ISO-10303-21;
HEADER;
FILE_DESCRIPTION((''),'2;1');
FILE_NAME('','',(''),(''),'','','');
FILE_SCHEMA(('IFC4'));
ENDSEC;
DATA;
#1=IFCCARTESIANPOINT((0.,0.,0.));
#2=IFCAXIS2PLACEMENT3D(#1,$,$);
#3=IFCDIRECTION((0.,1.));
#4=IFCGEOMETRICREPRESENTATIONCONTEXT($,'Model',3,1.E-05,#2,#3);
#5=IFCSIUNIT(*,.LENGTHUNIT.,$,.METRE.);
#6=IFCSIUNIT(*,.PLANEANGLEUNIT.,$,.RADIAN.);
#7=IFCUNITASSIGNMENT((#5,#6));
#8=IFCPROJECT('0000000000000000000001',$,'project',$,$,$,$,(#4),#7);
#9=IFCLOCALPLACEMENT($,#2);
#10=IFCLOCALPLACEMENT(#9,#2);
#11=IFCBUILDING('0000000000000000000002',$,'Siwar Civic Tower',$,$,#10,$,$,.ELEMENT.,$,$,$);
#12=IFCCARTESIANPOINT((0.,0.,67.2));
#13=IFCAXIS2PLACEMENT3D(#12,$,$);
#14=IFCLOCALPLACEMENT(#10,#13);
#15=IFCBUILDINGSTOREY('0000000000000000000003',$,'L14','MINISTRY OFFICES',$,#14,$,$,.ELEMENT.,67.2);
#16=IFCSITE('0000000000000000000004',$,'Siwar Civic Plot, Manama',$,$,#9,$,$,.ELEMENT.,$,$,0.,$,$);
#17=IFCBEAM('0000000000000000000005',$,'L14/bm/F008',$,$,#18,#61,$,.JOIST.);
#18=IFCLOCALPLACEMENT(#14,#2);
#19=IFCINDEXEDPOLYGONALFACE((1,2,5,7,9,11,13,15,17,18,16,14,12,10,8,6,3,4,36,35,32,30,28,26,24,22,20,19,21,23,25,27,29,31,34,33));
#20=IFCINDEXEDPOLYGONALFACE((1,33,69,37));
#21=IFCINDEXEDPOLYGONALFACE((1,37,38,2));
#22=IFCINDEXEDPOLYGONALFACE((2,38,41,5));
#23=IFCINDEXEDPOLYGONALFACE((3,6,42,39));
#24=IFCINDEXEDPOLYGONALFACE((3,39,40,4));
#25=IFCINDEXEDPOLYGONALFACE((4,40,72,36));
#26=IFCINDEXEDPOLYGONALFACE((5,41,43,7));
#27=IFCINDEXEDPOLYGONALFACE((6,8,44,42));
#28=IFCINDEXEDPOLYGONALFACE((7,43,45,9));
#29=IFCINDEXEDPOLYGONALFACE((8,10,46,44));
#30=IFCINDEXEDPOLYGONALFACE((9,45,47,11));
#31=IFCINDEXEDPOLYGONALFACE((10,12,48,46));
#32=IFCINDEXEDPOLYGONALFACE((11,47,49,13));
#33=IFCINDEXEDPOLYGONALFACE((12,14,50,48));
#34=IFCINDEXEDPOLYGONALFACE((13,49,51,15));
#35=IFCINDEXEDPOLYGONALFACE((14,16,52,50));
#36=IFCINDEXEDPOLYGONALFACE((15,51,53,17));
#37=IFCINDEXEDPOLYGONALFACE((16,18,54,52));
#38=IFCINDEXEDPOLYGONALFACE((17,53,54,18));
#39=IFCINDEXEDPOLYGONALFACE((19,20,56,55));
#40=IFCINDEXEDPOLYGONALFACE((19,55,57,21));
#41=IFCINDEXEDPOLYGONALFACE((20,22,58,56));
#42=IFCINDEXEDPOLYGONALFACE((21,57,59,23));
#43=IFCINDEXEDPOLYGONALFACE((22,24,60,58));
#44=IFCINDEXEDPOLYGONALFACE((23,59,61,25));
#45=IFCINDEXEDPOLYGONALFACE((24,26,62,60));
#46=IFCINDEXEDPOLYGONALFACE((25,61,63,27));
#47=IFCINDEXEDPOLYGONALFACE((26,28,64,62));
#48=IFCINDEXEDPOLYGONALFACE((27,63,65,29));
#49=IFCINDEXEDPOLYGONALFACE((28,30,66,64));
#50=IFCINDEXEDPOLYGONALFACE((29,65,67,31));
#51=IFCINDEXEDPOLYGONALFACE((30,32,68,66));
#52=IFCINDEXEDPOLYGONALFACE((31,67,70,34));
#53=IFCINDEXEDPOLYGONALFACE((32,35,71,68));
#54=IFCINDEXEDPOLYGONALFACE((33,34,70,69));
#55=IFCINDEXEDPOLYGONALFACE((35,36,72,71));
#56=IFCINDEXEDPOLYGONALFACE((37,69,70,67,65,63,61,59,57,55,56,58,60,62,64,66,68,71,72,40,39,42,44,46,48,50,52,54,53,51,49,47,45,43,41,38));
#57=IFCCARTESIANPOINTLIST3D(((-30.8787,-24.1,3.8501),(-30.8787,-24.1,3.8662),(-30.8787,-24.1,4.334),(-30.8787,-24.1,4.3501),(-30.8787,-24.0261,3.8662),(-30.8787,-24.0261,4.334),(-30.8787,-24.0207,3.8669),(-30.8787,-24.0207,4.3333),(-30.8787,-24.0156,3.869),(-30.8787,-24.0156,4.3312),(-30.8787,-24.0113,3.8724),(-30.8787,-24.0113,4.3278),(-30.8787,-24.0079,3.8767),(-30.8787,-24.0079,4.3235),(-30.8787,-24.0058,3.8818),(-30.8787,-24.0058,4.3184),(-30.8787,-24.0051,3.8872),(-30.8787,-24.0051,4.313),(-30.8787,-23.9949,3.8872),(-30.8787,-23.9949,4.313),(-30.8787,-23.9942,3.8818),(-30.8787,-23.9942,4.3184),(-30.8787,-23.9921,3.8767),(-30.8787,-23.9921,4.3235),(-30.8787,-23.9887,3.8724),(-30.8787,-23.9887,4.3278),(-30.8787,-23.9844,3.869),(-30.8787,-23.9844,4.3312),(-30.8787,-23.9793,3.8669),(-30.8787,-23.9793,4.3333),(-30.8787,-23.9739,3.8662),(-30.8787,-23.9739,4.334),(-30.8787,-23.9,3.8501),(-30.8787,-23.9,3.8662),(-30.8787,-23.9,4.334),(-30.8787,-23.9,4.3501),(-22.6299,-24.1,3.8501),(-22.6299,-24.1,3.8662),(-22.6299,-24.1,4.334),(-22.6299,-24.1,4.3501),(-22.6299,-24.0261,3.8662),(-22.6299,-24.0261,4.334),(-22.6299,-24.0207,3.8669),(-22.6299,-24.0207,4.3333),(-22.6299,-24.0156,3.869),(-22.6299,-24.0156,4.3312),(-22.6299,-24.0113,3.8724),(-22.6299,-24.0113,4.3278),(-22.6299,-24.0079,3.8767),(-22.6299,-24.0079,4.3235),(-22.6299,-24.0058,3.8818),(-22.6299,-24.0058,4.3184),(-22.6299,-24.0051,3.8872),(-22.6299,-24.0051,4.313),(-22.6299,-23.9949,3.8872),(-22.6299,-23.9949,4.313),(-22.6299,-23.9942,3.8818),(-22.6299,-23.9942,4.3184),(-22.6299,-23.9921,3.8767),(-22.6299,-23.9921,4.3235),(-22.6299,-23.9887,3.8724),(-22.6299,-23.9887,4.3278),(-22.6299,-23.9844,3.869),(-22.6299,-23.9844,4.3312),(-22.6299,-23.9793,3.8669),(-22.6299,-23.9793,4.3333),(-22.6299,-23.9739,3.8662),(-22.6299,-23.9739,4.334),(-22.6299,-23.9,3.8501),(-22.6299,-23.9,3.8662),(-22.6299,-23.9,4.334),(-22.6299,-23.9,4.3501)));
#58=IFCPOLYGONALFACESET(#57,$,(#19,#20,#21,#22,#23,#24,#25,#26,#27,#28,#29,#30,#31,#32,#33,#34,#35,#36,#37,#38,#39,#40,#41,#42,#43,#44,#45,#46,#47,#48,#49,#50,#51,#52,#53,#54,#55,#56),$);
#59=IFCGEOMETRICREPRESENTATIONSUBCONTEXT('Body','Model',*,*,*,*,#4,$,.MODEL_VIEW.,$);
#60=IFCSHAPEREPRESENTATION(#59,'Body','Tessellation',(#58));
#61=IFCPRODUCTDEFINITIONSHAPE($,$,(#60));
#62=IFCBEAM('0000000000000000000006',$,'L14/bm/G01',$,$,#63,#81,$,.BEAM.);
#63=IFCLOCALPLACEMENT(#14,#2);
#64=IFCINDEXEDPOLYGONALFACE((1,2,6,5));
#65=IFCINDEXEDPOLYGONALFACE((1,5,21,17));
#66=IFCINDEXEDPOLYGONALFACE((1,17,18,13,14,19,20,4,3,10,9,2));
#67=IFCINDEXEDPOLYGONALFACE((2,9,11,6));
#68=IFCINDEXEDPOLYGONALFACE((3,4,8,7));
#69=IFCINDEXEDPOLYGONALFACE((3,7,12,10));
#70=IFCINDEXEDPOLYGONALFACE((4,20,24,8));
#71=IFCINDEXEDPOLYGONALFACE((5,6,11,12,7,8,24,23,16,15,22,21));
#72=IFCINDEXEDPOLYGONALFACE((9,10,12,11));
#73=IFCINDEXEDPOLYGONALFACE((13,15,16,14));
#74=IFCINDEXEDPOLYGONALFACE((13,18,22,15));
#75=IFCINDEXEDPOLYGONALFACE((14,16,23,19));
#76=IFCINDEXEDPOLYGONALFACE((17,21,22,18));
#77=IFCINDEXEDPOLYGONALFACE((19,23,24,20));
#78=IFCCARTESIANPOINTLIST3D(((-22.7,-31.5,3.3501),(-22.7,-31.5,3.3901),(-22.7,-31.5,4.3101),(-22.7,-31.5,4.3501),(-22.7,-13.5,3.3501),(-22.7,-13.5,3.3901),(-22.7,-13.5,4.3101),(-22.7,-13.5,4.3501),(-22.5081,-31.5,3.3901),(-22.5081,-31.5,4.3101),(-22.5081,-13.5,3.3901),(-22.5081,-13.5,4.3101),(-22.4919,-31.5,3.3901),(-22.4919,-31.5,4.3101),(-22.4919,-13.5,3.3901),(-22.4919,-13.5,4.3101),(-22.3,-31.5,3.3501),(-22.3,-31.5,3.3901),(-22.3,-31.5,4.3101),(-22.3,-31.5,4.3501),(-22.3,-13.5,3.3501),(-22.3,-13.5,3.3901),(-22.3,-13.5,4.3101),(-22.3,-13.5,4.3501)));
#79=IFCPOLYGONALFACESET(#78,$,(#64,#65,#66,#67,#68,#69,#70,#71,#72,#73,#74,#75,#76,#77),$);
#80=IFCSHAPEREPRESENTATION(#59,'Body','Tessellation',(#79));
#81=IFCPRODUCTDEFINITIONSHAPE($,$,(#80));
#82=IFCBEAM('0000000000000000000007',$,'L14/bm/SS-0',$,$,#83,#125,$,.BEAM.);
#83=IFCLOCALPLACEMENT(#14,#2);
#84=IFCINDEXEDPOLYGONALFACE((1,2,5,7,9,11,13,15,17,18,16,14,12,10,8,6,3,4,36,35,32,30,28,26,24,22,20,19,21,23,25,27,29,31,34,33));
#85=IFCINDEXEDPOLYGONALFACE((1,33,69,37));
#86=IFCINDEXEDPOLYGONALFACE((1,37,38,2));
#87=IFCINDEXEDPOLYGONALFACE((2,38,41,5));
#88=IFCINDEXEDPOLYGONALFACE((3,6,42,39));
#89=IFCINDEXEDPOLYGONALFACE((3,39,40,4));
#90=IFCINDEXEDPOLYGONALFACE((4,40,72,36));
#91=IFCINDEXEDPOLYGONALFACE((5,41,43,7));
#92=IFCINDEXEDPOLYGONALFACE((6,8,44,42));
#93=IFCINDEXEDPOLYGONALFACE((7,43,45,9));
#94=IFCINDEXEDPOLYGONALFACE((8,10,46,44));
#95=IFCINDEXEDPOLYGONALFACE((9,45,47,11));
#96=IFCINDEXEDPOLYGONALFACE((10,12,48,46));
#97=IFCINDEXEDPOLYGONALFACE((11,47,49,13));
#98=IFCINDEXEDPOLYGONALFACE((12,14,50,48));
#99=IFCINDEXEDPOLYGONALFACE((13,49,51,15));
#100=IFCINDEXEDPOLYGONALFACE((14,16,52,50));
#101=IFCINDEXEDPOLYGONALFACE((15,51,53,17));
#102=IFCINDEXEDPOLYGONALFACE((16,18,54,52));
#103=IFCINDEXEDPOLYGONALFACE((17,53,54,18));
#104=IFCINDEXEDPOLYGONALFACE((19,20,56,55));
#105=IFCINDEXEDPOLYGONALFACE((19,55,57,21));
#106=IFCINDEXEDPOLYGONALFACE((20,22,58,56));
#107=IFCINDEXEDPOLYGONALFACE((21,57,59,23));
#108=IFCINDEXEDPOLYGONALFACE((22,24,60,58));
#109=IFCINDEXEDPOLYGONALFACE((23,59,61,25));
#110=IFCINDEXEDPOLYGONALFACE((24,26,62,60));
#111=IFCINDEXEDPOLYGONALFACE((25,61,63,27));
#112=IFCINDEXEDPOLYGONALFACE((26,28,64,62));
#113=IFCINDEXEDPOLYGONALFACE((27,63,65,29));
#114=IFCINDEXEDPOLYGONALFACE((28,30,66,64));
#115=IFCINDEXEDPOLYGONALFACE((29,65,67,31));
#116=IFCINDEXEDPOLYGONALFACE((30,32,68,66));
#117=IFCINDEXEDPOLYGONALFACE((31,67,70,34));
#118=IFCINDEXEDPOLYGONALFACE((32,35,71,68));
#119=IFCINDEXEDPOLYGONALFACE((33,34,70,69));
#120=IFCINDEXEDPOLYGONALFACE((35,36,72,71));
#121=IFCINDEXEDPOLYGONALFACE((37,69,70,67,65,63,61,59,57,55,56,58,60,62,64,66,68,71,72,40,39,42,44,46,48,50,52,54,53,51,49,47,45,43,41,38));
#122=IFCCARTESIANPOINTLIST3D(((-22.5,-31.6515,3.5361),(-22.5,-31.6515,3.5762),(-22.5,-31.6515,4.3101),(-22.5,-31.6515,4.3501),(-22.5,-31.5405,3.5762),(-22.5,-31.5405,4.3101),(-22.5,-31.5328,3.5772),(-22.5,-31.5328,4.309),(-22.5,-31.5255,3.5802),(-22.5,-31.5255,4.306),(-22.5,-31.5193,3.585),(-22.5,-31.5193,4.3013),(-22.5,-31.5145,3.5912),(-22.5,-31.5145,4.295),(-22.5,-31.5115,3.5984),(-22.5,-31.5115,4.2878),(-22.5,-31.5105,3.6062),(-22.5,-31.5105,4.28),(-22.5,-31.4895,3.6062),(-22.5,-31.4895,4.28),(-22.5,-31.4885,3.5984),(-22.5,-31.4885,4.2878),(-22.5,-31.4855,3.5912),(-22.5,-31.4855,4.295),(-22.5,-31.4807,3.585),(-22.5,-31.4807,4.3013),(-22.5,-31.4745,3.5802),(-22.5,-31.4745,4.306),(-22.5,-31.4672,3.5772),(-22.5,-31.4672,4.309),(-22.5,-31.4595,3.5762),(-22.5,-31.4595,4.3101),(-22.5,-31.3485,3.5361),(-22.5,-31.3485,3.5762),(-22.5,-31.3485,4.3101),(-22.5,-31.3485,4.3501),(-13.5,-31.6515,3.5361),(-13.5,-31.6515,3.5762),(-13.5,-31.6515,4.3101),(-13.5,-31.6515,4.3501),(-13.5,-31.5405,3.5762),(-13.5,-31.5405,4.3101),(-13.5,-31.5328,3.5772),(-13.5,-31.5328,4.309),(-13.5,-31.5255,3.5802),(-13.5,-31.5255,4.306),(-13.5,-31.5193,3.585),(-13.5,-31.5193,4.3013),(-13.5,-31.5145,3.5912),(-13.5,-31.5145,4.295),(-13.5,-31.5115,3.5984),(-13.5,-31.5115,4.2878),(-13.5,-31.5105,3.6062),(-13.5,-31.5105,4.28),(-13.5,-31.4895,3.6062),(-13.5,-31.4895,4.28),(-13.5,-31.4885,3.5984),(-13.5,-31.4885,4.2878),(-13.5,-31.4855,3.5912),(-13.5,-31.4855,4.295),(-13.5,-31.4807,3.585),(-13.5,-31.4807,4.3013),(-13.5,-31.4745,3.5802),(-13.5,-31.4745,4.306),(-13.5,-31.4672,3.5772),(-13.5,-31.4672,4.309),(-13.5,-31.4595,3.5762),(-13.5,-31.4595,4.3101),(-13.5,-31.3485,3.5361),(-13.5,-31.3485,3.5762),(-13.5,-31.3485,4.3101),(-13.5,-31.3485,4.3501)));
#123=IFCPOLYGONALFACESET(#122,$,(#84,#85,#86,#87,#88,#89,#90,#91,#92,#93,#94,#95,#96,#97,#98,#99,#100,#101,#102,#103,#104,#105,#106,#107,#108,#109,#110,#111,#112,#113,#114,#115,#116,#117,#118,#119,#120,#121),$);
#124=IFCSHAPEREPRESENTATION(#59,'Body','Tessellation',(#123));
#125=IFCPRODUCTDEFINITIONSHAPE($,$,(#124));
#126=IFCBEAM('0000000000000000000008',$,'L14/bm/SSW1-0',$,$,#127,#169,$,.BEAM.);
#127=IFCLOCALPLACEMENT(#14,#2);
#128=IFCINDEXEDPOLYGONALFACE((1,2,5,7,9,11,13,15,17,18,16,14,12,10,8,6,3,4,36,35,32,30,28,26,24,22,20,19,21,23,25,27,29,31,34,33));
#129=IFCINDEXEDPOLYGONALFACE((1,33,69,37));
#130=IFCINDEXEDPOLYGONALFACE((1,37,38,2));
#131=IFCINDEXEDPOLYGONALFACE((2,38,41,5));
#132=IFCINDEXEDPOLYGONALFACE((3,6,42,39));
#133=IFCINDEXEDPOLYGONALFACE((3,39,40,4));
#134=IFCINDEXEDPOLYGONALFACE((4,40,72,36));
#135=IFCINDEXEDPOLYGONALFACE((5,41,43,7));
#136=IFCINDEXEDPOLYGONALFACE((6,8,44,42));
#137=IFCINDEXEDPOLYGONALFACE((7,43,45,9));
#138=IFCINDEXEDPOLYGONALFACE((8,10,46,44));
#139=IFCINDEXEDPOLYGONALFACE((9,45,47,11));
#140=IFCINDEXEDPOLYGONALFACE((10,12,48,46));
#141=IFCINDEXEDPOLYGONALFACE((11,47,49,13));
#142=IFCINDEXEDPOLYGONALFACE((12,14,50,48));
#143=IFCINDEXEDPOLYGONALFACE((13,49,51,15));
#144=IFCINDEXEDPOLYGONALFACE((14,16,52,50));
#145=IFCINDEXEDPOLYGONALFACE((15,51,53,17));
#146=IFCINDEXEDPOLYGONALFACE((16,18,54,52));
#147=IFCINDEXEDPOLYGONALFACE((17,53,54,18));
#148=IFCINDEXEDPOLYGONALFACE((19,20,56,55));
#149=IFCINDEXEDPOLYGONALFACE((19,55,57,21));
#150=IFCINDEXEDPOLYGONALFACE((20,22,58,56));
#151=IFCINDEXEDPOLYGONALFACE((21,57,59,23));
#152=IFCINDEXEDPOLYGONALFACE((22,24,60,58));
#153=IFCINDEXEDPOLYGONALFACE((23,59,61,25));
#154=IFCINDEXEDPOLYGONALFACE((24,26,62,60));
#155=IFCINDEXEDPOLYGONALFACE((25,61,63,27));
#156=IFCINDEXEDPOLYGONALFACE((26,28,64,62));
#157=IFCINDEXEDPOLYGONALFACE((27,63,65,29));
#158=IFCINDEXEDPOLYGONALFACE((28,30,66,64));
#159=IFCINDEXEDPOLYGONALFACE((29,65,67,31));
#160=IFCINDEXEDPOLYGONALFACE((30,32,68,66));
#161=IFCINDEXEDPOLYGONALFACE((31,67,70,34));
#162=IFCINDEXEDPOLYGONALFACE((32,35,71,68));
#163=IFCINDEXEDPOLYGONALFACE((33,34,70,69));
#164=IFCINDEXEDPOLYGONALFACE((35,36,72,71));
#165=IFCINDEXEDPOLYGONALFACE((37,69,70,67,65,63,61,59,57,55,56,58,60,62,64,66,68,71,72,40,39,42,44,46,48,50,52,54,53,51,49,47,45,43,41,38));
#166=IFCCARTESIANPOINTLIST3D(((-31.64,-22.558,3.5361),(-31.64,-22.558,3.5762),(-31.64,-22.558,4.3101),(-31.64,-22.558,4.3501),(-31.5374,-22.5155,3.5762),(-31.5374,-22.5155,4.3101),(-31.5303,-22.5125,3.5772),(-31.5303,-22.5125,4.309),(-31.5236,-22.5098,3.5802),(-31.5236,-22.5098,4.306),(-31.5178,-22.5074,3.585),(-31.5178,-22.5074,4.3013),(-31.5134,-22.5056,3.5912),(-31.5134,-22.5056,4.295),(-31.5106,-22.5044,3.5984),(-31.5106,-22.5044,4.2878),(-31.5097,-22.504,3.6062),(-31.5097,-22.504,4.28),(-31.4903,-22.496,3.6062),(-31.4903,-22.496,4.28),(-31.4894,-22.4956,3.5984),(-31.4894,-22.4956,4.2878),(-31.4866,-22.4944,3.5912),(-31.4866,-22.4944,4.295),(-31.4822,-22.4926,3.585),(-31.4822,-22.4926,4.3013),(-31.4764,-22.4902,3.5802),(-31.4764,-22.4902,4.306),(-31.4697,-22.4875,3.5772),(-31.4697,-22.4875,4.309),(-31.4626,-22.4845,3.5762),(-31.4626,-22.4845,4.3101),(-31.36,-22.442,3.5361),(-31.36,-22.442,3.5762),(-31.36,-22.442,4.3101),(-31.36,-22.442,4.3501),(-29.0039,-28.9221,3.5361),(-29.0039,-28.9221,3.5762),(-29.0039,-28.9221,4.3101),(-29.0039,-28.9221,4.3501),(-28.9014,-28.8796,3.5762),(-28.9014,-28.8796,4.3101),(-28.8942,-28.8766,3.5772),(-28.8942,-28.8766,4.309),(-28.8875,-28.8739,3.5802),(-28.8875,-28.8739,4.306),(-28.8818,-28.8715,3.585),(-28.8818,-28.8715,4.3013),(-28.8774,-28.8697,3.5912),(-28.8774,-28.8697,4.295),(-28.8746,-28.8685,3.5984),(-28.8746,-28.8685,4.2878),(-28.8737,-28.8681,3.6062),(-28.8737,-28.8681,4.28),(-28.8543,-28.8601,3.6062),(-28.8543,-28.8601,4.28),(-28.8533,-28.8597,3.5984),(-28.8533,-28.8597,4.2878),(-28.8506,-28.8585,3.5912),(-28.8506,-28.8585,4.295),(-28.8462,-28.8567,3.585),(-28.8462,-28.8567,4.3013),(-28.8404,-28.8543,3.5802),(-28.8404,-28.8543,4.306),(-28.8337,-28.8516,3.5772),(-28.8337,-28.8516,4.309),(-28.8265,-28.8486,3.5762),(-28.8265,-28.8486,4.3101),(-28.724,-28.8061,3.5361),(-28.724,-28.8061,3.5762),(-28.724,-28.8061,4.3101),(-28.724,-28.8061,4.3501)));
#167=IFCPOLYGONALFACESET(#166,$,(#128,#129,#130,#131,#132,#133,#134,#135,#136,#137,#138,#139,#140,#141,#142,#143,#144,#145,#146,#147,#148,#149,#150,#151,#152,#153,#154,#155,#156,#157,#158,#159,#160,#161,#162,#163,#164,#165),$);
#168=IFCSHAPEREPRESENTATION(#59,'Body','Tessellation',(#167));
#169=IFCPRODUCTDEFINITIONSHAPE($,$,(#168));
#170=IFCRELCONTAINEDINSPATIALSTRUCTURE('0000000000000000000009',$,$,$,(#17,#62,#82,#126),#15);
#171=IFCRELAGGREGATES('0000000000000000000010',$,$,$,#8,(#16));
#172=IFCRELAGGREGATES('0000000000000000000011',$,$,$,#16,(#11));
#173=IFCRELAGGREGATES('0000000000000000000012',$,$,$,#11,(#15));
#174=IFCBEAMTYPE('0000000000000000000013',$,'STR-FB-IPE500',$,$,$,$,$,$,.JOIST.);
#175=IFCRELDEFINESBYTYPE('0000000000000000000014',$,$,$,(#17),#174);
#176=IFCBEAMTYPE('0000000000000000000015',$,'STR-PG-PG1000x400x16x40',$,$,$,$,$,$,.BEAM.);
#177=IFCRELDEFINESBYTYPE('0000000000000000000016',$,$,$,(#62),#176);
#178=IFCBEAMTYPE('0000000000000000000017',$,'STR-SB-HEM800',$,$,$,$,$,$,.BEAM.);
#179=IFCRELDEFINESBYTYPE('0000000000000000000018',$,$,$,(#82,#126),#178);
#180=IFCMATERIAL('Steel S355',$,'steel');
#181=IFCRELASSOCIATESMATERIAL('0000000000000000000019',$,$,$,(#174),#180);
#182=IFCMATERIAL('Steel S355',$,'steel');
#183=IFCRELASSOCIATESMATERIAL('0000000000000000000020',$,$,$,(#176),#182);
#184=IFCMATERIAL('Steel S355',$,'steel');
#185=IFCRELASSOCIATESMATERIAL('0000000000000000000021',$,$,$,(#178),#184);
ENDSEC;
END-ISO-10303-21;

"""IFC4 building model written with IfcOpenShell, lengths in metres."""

from ifc_helpers import new_model, si_unit, direction, frame, origin, origin_2d, place, context, subcontext, project, spatial, i_section, extrude, material, material_profile, profile_set, type_object, element, save


model = new_model("IFC4")

# Units and contexts
model_context = context("Model", 3, precision=1e-05, world=origin(), true_north=direction((0.0, 1.0)))
body_context = subcontext(model_context, "Body", "Model", "MODEL_VIEW")
ifc_project = project(units=[si_unit("LENGTHUNIT", "METRE"), si_unit("PLANEANGLEUNIT", "RADIAN")], contexts=[model_context])

# Site, building, storey
site_placement = place(None, origin())
site = spatial("IfcSite", under=ifc_project, at=site_placement, Name="Siwar Civic Plot, Manama", CompositionType="ELEMENT", RefElevation=0.0)
building_placement = place(site_placement, origin())
building = spatial("IfcBuilding", under=site, at=building_placement, Name="Siwar Civic Tower", CompositionType="ELEMENT")
storey_placement = place(building_placement, frame((0.0, 0.0, 67.2)))
storey = spatial("IfcBuildingStorey", under=building, at=storey_placement, Name="L14", Description="MINISTRY OFFICES", CompositionType="ELEMENT", Elevation=67.2)

# Beams
ifc_material_1 = material(Name="Steel S355", Category="steel")
ifc_material_profile_1 = material_profile(ifc_material_1, i_section(OverallWidth=0.2, OverallDepth=0.5, WebThickness=0.0103, FlangeThickness=0.0161, FilletRadius=0.021, at=origin_2d()), Name="IPE500")
ifc_profile_set_1 = profile_set([ifc_material_profile_1], Name="Steel S355")
beam_type_1 = type_object("IfcBeamType", Name="STR-FB-IPE500", PredefinedType="JOIST", material=ifc_profile_set_1)
beam_1_placement = place(storey_placement, frame((-30.8787, -24.0, 4.1001), z_axis=(1.0, 0.0, 0.0), x_axis=(0.0, 1.0, 0.0)))
element("IfcBeam", 1, at=beam_1_placement, inside=storey, type_object=beam_type_1, Name="L14/bm/F008", PredefinedType="JOIST", context=body_context, shape_type="SweptSolid", body=[
    extrude(i_section(OverallWidth=0.2, OverallDepth=0.5, WebThickness=0.0103, FlangeThickness=0.0161, FilletRadius=0.021, at=origin_2d()), origin(), (0.0, 0.0, 1.0), 8.2488),
])
ifc_material_2 = material(Name="Steel S355", Category="steel")
ifc_material_profile_2 = material_profile(ifc_material_2, i_section(OverallWidth=0.3999, OverallDepth=1.0, WebThickness=0.0161, FlangeThickness=0.04, at=origin_2d()), Name="PG1000x400x16x40")
ifc_profile_set_2 = profile_set([ifc_material_profile_2], Name="Steel S355")
beam_type_2 = type_object("IfcBeamType", Name="STR-PG-PG1000x400x16x40", PredefinedType="BEAM", material=ifc_profile_set_2)
beam_2_placement = place(storey_placement, frame((-22.5, -31.5, 3.8501), z_axis=(0.0, 1.0, 0.0), x_axis=(-1.0, 0.0, 0.0)))
element("IfcBeam", 2, at=beam_2_placement, inside=storey, type_object=beam_type_2, Name="L14/bm/G01", PredefinedType="BEAM", context=body_context, shape_type="SweptSolid", body=[
    extrude(i_section(OverallWidth=0.3999, OverallDepth=1.0, WebThickness=0.0161, FlangeThickness=0.04, at=origin_2d()), origin(), (0.0, 0.0, 1.0), 18.0),
])
ifc_material_3 = material(Name="Steel S355", Category="steel")
ifc_material_profile_3 = material_profile(ifc_material_3, i_section(OverallWidth=0.303, OverallDepth=0.814, WebThickness=0.021, FlangeThickness=0.04, FilletRadius=0.03, at=origin_2d()), Name="HEM800")
ifc_profile_set_3 = profile_set([ifc_material_profile_3], Name="Steel S355")
beam_type_3 = type_object("IfcBeamType", Name="STR-SB-HEM800", PredefinedType="BEAM", material=ifc_profile_set_3)
beam_3_placement = place(storey_placement, frame((-22.5, -31.5, 3.9431), z_axis=(1.0, 0.0, 0.0), x_axis=(0.0, 1.0, 0.0)))
element("IfcBeam", 3, at=beam_3_placement, inside=storey, type_object=beam_type_3, Name="L14/bm/SS-0", PredefinedType="BEAM", context=body_context, shape_type="SweptSolid", body=[
    extrude(i_section(OverallWidth=0.303, OverallDepth=0.814, WebThickness=0.021, FlangeThickness=0.04, FilletRadius=0.03, at=origin_2d()), origin(), (0.0, 0.0, 1.0), 9.0),
])
for number, where, z_axis, x_axis, name in (
    (4, (-31.5, -22.5, 3.9431), (0.382674, -0.923883, 0.0), (0.923883, 0.382674, 0.0), "L14/bm/SSW1-0"),
):
    element("IfcBeam", number, at=place(storey_placement, frame(where, z_axis=z_axis, x_axis=x_axis)), inside=storey, type_object=beam_type_3, Name=name, PredefinedType="BEAM", context=body_context, shape_type="SweptSolid", body=[
        extrude(i_section(OverallWidth=0.303, OverallDepth=0.814, WebThickness=0.021, FlangeThickness=0.04, FilletRadius=0.03, at=origin_2d()), origin(), (0.0, 0.0, 1.0), 6.8884),
    ])

save(model, "model.ifc")
